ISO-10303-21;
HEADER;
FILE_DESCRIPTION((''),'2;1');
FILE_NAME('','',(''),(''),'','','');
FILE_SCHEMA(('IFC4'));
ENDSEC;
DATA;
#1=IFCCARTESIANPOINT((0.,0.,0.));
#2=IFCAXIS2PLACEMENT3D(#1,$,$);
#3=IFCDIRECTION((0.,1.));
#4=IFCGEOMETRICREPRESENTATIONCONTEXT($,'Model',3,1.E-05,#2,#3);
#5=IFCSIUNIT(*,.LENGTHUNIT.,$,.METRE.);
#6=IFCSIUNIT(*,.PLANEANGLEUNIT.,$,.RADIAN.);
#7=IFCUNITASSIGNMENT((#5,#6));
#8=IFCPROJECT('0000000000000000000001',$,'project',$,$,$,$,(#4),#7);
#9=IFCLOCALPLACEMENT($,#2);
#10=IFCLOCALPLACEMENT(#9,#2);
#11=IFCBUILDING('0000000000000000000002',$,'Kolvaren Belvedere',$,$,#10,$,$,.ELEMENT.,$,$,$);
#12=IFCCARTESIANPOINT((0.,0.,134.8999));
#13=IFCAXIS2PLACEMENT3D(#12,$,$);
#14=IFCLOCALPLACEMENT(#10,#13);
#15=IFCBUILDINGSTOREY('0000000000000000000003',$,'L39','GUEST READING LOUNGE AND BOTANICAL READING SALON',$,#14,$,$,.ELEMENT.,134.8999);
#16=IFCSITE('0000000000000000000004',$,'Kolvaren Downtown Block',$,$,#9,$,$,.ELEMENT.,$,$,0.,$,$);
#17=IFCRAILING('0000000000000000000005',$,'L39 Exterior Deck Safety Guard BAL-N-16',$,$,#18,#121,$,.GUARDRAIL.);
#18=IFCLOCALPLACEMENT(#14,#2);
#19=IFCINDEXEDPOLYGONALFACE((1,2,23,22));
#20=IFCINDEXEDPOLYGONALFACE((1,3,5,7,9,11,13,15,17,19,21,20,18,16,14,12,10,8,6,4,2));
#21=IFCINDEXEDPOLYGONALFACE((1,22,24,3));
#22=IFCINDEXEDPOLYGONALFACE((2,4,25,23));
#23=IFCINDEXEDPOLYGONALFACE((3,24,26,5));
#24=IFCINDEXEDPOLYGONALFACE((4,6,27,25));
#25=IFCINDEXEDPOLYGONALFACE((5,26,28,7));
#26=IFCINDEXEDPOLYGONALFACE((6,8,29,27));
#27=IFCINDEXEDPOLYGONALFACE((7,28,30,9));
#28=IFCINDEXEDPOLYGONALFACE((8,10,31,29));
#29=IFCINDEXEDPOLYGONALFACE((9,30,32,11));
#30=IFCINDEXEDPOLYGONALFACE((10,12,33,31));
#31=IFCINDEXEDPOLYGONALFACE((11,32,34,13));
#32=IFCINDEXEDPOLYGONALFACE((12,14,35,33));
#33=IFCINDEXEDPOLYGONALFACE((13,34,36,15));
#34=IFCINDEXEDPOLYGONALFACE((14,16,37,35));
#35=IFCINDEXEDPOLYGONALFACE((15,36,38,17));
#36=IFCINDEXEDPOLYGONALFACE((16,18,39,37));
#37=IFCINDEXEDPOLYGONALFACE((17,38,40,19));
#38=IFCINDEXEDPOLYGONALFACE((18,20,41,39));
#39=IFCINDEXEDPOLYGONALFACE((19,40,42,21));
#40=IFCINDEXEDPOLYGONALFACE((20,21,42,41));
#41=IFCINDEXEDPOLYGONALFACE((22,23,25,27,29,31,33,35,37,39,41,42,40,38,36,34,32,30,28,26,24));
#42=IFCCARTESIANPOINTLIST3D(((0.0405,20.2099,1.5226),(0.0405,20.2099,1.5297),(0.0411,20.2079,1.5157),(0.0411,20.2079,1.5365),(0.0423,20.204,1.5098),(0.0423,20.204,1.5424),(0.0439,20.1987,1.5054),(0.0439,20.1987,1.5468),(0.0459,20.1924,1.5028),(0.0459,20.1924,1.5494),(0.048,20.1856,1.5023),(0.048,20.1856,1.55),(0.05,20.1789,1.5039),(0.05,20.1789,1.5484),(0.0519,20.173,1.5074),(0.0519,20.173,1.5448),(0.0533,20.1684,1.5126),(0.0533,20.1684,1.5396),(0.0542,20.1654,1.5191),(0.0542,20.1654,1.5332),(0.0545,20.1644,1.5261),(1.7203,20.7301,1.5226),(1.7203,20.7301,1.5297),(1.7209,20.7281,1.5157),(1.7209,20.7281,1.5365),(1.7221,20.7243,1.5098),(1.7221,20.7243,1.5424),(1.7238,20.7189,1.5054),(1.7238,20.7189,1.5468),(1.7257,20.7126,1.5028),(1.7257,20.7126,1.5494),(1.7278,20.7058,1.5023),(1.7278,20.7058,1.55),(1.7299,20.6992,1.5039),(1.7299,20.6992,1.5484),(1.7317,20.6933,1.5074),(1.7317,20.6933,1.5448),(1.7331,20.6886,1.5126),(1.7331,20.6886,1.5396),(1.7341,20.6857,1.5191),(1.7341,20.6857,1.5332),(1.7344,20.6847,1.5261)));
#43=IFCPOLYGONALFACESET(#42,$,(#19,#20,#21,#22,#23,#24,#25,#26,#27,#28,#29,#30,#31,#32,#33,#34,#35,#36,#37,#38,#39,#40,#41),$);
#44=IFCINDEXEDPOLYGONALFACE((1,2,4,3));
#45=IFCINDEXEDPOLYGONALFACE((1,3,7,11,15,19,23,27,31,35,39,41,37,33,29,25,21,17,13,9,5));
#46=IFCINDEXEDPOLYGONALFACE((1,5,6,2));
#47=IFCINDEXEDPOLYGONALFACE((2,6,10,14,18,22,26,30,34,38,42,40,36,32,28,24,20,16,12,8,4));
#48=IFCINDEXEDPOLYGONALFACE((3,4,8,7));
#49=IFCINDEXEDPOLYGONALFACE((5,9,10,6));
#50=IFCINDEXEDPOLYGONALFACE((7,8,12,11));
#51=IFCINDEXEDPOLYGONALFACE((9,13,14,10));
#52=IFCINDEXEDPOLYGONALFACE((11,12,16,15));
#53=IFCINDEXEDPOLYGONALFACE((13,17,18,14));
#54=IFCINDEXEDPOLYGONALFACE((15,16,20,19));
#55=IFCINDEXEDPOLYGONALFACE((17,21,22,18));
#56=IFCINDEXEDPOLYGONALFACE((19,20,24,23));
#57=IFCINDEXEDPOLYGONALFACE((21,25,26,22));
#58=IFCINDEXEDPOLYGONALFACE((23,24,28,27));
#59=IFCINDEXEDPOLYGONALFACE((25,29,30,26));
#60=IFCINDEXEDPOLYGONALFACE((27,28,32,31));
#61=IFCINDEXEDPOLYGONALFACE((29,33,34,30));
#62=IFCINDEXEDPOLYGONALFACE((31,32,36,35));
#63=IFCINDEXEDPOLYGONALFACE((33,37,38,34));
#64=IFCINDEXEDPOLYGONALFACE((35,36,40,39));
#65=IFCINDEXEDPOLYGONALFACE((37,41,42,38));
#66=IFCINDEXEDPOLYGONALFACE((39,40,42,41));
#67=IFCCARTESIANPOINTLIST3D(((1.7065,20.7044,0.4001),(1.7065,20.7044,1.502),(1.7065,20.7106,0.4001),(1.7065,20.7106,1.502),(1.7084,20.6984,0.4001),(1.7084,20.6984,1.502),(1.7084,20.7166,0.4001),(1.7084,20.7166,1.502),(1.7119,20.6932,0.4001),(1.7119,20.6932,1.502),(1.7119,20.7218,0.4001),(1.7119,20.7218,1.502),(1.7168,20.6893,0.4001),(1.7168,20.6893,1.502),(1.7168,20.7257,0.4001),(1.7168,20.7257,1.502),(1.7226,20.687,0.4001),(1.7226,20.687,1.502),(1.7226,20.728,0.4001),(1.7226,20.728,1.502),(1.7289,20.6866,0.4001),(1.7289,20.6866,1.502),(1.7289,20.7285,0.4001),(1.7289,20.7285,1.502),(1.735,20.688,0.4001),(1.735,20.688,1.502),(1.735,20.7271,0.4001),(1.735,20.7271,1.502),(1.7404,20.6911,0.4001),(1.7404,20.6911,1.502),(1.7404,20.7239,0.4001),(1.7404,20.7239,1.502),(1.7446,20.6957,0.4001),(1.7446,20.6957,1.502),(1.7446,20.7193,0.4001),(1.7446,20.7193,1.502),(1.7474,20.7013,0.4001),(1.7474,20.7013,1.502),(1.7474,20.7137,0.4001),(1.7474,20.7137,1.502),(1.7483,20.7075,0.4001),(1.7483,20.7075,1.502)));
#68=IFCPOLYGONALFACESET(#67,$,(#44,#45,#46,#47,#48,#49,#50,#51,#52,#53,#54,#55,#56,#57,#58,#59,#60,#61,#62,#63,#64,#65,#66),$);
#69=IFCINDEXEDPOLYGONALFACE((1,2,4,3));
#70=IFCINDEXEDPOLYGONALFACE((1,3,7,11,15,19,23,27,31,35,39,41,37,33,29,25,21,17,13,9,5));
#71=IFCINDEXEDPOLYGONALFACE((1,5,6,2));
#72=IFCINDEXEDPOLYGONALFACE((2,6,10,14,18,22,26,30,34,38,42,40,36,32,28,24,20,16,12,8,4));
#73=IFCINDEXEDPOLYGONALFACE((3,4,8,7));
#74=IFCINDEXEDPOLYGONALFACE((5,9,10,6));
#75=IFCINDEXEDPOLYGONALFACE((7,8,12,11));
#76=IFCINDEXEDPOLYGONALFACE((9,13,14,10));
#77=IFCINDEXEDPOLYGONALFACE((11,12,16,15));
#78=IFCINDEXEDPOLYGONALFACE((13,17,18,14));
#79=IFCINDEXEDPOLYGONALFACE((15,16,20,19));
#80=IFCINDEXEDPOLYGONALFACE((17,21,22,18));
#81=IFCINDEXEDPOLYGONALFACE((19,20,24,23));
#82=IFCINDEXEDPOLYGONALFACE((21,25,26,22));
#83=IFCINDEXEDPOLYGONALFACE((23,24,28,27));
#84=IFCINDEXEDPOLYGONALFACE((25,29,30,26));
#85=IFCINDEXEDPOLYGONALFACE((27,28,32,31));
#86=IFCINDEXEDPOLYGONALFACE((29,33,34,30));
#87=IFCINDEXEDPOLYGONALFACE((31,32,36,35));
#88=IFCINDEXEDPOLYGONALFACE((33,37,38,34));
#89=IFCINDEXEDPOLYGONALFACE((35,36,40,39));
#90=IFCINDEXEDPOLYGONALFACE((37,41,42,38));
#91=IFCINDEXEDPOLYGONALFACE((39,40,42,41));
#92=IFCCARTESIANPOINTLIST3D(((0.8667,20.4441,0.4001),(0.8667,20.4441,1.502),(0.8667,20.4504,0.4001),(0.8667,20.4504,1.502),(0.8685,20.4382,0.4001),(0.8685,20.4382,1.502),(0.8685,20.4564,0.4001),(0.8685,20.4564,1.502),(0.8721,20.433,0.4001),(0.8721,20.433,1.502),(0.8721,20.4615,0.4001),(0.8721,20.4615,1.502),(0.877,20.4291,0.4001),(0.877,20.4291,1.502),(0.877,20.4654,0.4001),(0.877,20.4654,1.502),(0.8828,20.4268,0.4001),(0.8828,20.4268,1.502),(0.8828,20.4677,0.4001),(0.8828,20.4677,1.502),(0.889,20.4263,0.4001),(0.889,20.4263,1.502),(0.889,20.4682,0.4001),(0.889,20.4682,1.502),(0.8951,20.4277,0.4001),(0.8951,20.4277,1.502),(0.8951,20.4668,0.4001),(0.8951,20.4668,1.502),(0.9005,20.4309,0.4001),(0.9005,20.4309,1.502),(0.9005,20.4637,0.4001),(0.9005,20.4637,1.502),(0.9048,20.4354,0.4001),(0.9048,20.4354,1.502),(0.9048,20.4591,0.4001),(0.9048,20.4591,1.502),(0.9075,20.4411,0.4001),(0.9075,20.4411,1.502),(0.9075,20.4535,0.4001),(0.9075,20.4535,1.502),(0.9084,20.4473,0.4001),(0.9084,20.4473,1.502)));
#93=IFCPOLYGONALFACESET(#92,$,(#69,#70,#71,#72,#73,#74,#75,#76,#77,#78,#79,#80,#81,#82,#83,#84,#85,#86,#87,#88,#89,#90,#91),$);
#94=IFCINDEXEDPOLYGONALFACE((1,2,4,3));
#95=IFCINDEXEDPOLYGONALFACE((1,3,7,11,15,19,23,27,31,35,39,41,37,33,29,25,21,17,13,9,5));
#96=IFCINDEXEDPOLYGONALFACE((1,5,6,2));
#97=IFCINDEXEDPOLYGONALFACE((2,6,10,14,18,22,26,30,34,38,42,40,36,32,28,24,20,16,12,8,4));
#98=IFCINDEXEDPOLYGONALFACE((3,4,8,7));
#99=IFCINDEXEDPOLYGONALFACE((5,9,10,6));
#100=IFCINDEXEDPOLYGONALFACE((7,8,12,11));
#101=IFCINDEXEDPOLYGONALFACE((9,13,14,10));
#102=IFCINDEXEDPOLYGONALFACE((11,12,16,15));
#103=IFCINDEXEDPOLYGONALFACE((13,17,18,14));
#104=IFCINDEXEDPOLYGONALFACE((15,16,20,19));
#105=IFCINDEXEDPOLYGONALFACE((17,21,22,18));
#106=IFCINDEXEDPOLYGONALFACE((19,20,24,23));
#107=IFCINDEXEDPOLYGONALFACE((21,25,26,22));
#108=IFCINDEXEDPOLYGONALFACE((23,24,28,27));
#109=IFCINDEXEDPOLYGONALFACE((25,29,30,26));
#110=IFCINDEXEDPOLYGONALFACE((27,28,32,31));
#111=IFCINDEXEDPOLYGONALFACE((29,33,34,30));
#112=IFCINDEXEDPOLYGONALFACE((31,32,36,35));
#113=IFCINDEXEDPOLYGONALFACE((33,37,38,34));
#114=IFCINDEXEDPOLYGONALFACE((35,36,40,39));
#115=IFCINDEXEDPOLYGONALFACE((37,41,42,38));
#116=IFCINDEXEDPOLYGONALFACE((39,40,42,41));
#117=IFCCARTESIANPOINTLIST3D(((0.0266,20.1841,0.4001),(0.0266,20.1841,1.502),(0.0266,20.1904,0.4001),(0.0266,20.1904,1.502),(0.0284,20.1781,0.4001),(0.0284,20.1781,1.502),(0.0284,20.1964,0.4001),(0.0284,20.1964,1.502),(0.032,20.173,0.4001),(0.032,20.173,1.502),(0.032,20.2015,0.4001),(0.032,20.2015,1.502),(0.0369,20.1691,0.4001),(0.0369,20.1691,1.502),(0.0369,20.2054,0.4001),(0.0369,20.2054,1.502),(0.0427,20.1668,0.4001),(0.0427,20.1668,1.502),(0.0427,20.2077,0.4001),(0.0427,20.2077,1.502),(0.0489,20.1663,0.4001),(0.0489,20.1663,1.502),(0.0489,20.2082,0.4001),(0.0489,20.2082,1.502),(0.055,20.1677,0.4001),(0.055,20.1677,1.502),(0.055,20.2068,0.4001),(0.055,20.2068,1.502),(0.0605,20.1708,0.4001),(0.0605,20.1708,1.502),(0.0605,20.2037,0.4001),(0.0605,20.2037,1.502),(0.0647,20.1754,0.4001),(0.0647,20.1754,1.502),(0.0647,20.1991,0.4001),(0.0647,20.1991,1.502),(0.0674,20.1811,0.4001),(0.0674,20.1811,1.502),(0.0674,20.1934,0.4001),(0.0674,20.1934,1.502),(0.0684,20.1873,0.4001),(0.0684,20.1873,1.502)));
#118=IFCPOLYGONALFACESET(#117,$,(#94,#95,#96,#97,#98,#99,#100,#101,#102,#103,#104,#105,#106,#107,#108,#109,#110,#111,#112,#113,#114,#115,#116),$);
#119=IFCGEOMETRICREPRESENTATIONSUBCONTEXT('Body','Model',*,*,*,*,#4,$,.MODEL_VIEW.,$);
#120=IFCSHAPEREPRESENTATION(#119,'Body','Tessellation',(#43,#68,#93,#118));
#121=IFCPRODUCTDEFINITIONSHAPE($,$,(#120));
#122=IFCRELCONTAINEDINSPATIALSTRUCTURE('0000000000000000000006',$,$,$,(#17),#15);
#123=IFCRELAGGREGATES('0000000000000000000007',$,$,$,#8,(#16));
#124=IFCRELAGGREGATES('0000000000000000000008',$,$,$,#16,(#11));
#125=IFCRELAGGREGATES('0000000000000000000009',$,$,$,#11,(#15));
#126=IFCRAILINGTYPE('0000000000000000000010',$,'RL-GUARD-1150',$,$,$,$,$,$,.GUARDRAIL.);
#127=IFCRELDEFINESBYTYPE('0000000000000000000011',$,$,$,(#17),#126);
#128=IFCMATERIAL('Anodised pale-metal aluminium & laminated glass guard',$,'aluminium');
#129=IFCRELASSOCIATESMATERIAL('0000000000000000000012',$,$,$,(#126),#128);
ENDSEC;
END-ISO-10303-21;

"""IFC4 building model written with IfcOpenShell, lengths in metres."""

from ifc_helpers import new_model, si_unit, direction, frame, origin, origin_2d, place, context, subcontext, project, spatial, circle, extrude, material, type_object, element, save


model = new_model("IFC4")

# Units and contexts
model_context = context("Model", 3, precision=1e-05, world=origin(), true_north=direction((0.0, 1.0)))
body_context = subcontext(model_context, "Body", "Model", "MODEL_VIEW")
ifc_project = project(units=[si_unit("LENGTHUNIT", "METRE"), si_unit("PLANEANGLEUNIT", "RADIAN")], contexts=[model_context])

# Site, building, storey
site_placement = place(None, origin())
site = spatial("IfcSite", under=ifc_project, at=site_placement, Name="Kolvaren Downtown Block", CompositionType="ELEMENT", RefElevation=0.0)
building_placement = place(site_placement, origin())
building = spatial("IfcBuilding", under=site, at=building_placement, Name="Kolvaren Belvedere", CompositionType="ELEMENT")
storey_placement = place(building_placement, frame((0.0, 0.0, 134.8999)))
storey = spatial("IfcBuildingStorey", under=building, at=storey_placement, Name="L39", Description="GUEST READING LOUNGE AND BOTANICAL READING SALON", CompositionType="ELEMENT", Elevation=134.8999)

# Railing
ifc_material_1 = material(Name="Anodised pale-metal aluminium & laminated glass guard", Category="aluminium")
railing_type = type_object("IfcRailingType", Name="RL-GUARD-1150", PredefinedType="GUARDRAIL", material=ifc_material_1)
railing_1_placement = place(storey_placement, frame((1.7273, 20.7075, 0.4001)))
element("IfcRailing", 1, at=railing_1_placement, inside=storey, type_object=railing_type, Name="L39 Exterior Deck Safety Guard BAL-N-16", PredefinedType="GUARDRAIL", context=body_context, shape_type="SweptSolid", body=[
    extrude(circle(Radius=0.0239, at=origin_2d()), frame((0.0, 0.0, 1.126), z_axis=(-0.95524, -0.295832, 0.0), x_axis=(0.295832, -0.95524, 0.0)), (0.0, 0.0, 1.0), 1.7585),
    extrude(circle(Radius=0.021, at=origin_2d()), origin(), (0.0, 0.0, 1.0), 1.1018),
    extrude(circle(Radius=0.021, at=origin_2d()), frame((-0.8398, -0.2603, 0.0)), (0.0, 0.0, 1.0), 1.1018),
    extrude(circle(Radius=0.021, at=origin_2d()), frame((-1.6799, -0.5203, 0.0)), (0.0, 0.0, 1.0), 1.1018),
])

save(model, "model.ifc")
